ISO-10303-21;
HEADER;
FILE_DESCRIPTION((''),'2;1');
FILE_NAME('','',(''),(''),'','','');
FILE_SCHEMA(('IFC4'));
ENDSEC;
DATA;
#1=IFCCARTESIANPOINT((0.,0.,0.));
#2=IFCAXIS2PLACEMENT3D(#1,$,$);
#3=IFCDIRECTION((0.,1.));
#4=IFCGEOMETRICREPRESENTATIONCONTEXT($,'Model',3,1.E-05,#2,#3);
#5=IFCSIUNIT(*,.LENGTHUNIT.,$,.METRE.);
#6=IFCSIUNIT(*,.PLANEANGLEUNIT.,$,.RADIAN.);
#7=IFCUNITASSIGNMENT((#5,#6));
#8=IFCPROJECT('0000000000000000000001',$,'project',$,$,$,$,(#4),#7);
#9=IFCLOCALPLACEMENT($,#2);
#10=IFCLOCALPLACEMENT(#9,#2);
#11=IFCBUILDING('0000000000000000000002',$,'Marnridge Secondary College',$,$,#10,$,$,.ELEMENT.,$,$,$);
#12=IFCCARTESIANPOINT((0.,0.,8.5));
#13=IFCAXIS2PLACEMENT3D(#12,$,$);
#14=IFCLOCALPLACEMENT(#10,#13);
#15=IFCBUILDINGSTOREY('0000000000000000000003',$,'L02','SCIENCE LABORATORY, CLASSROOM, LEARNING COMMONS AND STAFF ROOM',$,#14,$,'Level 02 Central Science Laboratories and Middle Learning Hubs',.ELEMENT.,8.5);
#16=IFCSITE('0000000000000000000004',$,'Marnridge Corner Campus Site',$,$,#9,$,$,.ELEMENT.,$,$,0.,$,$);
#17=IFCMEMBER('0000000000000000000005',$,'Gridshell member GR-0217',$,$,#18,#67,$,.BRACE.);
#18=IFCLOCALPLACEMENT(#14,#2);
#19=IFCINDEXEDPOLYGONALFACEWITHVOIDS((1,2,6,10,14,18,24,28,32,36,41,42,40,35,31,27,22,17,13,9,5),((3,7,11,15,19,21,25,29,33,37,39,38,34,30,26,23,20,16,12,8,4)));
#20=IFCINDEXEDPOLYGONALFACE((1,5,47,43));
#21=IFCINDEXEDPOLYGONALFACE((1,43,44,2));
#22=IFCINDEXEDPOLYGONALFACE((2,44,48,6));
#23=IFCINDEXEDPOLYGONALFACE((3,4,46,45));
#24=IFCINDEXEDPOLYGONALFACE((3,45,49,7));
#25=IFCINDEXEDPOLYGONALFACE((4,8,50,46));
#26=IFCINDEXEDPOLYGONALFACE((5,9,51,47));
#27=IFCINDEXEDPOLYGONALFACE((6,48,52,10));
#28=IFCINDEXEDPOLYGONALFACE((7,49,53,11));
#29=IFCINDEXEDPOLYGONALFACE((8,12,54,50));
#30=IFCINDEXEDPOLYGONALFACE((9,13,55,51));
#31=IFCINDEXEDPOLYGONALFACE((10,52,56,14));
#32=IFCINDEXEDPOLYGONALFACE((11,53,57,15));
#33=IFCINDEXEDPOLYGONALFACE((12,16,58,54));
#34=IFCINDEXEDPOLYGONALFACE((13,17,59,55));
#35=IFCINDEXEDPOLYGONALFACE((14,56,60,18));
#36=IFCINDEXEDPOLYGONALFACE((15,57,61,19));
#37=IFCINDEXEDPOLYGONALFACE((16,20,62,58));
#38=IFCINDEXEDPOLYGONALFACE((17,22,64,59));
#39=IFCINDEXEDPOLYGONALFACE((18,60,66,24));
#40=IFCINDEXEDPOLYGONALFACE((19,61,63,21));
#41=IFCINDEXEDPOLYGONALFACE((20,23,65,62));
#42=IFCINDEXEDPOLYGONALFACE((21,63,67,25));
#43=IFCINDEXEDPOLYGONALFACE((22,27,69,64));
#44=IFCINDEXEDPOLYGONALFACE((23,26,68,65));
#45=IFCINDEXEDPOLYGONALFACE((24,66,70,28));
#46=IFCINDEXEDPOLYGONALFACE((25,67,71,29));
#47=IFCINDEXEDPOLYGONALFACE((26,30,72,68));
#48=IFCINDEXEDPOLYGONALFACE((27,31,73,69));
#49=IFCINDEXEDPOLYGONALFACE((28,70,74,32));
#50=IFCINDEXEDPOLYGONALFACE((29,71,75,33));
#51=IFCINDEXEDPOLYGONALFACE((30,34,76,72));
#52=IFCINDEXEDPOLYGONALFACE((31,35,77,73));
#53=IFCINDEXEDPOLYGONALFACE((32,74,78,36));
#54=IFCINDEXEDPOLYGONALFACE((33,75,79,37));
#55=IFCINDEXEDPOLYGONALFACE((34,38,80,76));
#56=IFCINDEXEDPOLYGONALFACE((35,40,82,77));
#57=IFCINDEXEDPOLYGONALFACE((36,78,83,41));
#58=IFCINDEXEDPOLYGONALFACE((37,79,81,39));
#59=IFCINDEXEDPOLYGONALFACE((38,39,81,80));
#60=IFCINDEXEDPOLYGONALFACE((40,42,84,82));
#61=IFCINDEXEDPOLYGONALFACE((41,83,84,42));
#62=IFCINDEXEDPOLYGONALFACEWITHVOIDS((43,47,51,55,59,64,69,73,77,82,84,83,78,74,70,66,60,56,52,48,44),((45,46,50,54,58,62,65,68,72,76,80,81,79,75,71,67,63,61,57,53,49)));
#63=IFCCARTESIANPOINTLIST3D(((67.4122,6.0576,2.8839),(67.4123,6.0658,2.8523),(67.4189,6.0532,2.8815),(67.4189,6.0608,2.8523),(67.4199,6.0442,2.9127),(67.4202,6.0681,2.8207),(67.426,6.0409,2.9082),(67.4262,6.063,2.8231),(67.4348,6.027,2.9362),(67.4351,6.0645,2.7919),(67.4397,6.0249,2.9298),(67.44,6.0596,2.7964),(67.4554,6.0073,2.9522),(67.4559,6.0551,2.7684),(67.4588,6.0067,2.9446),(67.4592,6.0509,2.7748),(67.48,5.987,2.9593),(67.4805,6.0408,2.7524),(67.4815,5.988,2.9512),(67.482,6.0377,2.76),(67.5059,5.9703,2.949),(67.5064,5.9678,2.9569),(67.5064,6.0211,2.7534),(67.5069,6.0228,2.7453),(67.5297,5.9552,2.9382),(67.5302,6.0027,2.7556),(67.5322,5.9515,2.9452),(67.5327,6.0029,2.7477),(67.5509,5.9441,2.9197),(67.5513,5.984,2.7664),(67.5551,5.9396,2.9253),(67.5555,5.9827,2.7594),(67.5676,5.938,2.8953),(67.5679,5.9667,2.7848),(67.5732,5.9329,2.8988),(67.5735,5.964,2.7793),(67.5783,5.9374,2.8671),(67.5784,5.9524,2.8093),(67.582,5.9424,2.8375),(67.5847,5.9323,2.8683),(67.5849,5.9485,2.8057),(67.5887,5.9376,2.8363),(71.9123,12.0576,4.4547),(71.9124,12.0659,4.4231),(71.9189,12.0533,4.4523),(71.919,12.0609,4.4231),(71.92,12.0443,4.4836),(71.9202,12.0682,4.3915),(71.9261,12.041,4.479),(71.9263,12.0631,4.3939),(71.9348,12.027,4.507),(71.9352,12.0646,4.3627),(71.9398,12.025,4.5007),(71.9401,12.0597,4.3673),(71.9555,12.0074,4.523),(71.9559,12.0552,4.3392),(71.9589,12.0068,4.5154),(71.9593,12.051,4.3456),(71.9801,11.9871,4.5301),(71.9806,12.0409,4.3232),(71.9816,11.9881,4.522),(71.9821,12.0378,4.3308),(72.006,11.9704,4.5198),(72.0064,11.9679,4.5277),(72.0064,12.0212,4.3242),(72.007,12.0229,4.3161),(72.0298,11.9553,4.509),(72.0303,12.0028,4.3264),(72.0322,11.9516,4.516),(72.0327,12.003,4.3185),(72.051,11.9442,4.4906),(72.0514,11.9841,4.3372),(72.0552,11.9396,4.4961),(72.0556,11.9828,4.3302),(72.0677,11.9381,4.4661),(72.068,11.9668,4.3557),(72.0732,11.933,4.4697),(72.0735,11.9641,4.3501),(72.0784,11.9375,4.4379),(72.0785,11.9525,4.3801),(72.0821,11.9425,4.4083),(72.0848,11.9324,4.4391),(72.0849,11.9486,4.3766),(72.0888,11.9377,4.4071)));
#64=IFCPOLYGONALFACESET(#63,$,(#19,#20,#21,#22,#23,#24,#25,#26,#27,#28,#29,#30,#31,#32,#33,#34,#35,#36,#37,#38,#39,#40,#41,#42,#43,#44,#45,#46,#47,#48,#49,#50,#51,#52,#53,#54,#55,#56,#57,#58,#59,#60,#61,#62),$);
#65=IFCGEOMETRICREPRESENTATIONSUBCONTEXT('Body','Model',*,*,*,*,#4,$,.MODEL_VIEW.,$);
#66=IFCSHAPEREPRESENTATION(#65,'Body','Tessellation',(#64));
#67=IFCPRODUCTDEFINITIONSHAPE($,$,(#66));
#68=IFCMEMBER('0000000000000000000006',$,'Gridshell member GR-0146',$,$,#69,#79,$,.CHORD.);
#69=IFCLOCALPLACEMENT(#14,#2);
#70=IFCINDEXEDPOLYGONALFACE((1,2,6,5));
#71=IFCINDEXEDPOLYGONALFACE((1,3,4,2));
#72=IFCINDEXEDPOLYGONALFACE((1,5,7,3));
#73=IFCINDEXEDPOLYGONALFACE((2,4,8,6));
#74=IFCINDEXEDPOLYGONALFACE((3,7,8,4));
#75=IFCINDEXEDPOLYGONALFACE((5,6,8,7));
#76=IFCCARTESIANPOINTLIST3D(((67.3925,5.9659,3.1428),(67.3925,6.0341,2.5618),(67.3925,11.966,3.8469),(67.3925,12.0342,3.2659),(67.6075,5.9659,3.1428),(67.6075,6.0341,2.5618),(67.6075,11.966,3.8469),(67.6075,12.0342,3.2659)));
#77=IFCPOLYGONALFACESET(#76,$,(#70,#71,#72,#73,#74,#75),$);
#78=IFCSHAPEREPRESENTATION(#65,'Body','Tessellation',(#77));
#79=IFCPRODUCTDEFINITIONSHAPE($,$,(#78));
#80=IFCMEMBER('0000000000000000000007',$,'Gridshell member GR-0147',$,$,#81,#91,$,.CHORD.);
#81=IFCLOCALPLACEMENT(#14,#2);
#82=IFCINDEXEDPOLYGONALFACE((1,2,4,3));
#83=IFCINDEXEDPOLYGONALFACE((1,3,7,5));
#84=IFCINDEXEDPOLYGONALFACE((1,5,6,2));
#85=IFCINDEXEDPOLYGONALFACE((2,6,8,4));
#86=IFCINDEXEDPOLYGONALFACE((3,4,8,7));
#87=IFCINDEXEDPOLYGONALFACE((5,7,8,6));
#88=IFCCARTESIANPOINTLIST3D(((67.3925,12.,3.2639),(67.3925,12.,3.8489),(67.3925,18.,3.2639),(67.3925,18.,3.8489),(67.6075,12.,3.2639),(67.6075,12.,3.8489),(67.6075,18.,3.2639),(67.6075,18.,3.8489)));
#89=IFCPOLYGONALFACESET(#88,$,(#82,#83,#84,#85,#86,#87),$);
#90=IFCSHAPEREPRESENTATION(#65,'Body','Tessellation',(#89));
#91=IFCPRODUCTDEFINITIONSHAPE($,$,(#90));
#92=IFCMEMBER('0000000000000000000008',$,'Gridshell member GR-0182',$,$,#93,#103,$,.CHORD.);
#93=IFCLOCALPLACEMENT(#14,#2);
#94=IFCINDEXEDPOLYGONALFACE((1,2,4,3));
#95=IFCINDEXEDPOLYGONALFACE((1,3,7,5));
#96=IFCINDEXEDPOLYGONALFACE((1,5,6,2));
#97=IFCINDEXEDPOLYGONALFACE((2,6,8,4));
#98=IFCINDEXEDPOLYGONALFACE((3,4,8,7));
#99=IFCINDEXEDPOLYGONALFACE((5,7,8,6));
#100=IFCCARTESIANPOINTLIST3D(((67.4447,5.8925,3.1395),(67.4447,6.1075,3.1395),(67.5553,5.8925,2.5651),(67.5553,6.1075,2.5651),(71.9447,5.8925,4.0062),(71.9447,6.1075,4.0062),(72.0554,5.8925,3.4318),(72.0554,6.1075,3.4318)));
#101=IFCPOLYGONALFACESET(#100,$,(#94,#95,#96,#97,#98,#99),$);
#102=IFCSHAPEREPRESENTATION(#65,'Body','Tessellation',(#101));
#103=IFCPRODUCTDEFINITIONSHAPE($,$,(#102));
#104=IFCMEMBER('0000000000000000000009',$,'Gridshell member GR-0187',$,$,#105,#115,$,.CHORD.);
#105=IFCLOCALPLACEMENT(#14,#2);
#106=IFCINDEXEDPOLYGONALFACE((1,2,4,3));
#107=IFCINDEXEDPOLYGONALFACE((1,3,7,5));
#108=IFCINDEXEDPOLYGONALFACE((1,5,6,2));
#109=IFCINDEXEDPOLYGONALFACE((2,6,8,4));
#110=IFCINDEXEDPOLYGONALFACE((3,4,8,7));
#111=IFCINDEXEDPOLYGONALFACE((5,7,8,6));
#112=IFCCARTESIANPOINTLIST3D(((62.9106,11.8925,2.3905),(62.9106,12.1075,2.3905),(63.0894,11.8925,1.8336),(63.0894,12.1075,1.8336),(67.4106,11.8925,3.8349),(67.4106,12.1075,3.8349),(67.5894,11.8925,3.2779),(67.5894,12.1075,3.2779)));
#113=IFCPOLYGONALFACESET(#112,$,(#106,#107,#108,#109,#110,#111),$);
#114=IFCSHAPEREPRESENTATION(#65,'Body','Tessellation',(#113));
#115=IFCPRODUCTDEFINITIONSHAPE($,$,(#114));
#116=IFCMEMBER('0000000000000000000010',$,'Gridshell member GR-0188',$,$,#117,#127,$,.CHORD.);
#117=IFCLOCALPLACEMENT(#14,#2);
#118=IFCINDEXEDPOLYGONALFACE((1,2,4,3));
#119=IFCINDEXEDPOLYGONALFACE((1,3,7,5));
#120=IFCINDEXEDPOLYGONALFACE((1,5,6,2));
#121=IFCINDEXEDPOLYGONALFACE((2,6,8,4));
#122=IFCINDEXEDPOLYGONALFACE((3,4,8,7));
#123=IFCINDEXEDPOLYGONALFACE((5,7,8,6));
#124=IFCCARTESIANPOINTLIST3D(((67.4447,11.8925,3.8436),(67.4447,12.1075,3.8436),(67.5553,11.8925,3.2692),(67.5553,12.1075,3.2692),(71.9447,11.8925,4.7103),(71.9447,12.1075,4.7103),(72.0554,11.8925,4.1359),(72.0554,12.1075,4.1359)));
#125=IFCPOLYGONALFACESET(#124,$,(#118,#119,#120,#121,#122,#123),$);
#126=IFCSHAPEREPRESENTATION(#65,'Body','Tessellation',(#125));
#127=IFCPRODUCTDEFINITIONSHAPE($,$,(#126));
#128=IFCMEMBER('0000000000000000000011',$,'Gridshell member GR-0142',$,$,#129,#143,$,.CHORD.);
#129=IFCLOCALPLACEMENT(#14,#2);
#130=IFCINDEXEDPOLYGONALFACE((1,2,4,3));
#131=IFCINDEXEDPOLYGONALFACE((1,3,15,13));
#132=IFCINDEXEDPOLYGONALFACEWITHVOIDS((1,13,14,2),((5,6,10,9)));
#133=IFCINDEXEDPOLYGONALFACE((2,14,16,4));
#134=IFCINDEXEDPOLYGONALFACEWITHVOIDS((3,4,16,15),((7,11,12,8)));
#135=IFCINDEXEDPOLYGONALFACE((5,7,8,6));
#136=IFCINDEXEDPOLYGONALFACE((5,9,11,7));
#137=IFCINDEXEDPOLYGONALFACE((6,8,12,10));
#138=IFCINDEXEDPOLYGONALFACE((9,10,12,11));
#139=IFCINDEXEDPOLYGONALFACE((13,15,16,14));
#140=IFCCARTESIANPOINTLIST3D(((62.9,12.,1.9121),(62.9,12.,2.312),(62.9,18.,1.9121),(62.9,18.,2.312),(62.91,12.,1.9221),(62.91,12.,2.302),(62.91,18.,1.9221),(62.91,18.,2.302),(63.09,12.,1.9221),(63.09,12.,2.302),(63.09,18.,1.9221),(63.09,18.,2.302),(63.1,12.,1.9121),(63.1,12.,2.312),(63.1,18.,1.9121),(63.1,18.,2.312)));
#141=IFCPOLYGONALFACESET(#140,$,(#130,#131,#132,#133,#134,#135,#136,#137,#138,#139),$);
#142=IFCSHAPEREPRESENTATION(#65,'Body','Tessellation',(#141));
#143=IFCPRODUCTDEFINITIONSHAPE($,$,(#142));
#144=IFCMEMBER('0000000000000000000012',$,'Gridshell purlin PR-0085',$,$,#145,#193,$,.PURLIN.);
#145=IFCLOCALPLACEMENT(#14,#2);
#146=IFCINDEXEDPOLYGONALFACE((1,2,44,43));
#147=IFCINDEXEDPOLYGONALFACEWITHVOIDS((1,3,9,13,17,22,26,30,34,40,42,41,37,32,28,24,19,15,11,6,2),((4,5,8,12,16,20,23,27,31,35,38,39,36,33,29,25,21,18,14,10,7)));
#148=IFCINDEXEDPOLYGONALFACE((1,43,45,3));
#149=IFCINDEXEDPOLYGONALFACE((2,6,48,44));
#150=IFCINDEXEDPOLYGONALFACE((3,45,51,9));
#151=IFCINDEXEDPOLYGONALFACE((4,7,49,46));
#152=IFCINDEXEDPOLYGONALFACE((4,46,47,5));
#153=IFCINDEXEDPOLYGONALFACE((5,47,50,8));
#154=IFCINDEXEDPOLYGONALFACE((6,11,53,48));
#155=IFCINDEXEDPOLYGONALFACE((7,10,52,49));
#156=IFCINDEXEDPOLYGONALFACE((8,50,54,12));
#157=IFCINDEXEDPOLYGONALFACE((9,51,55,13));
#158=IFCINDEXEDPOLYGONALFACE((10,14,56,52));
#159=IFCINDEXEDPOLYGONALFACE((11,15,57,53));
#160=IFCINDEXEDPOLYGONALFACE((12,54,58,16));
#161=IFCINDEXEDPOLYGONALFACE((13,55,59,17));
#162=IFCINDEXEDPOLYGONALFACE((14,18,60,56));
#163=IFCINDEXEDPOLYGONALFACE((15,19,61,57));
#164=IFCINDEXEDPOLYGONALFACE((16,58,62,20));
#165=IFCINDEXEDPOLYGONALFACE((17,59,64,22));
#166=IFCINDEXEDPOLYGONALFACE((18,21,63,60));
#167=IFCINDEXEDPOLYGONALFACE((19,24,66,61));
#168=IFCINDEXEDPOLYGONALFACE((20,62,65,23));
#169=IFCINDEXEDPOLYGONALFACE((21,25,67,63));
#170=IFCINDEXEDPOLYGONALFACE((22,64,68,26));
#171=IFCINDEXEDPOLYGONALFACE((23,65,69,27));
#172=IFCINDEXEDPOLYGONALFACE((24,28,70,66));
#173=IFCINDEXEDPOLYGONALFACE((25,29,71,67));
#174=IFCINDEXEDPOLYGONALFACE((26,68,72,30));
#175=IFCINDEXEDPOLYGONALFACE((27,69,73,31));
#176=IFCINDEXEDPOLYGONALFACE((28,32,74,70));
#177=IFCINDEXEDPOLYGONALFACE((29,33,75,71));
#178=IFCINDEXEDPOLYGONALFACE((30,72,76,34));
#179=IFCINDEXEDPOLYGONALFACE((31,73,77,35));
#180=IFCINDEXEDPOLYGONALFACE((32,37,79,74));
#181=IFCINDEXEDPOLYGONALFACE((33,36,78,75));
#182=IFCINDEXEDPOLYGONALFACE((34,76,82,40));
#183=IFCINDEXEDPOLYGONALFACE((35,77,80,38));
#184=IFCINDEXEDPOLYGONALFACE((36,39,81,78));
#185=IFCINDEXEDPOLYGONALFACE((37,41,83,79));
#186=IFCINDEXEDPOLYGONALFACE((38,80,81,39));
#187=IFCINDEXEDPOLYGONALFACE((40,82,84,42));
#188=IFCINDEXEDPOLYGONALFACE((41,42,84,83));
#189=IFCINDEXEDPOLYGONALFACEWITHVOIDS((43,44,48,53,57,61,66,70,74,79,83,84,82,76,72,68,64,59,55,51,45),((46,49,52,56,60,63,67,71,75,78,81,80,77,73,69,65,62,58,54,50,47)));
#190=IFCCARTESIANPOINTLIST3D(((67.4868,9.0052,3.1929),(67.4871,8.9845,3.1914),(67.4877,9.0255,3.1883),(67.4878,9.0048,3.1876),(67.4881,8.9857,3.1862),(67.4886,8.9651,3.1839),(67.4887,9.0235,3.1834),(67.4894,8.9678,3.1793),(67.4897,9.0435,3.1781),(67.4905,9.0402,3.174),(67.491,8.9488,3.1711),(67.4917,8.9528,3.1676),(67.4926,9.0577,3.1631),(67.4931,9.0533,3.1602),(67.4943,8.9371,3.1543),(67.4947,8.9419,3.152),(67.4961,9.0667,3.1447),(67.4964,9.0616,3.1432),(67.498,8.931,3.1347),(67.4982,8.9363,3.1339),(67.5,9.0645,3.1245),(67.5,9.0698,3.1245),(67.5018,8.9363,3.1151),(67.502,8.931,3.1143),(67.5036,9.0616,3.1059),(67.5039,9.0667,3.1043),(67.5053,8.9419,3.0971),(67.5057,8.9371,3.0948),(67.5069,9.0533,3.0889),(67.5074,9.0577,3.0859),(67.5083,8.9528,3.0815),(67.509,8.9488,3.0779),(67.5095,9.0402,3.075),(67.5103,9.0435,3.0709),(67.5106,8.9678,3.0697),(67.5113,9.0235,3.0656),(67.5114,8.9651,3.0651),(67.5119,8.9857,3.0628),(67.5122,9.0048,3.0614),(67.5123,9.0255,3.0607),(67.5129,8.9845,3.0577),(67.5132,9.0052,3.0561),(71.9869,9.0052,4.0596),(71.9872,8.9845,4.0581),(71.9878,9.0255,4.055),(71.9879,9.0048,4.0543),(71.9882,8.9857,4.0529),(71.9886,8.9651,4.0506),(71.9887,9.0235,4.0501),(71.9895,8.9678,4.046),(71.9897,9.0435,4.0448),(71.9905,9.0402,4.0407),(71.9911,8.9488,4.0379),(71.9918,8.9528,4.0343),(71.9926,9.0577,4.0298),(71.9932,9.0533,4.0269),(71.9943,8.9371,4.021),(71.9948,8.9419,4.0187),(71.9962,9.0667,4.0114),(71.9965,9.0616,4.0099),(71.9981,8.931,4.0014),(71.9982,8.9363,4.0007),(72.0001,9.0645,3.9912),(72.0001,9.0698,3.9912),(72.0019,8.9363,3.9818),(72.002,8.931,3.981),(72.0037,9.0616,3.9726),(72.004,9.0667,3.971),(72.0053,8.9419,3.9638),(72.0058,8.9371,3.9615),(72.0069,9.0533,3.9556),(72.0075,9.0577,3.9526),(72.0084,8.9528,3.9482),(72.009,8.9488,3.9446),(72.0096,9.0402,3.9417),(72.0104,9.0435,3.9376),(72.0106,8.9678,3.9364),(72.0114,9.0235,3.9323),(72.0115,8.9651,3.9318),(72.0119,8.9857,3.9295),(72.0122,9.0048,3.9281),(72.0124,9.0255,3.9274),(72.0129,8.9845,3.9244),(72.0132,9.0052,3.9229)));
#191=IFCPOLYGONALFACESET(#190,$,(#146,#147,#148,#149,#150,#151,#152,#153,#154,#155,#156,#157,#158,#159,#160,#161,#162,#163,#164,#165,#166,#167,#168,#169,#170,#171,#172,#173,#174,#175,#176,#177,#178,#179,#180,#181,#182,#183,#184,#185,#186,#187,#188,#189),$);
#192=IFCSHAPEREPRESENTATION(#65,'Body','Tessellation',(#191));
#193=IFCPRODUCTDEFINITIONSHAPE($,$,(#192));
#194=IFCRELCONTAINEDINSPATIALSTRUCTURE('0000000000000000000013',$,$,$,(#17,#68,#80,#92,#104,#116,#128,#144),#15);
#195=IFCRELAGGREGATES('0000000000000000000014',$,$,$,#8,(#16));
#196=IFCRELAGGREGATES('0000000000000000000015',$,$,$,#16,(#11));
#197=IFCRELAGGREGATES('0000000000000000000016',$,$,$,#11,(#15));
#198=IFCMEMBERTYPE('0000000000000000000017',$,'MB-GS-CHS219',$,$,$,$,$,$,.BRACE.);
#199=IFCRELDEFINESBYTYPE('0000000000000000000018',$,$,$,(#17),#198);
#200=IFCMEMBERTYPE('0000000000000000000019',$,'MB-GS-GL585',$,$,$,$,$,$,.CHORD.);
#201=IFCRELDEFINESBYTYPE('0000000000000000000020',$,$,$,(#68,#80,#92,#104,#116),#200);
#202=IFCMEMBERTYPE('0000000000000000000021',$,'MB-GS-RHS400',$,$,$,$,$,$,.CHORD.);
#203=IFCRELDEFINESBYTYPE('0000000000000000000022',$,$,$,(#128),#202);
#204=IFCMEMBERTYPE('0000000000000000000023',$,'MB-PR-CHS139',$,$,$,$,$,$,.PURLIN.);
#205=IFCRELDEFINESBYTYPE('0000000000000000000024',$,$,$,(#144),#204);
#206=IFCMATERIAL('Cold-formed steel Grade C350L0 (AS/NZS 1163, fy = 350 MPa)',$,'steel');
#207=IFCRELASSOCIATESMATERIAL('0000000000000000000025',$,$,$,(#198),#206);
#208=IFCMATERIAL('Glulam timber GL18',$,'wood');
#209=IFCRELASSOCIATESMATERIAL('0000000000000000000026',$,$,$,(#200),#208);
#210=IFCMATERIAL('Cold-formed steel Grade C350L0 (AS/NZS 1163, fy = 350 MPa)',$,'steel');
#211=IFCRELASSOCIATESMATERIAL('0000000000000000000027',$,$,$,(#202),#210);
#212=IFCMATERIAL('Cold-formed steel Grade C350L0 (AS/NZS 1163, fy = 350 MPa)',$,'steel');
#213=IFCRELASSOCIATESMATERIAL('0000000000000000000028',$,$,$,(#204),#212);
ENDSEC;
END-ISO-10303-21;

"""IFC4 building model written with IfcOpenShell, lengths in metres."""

from ifc_helpers import new_model, si_unit, direction, frame, origin, origin_2d, place, context, subcontext, project, spatial, rectangle, hollow_rectangle, hollow_circle, extrude, material, material_profile, profile_set, type_object, element, save


model = new_model("IFC4")

# Units and contexts
model_context = context("Model", 3, precision=1e-05, world=origin(), true_north=direction((0.0, 1.0)))
body_context = subcontext(model_context, "Body", "Model", "MODEL_VIEW")
ifc_project = project(units=[si_unit("LENGTHUNIT", "METRE"), si_unit("PLANEANGLEUNIT", "RADIAN")], contexts=[model_context])

# Site, building, storey
site_placement = place(None, origin())
site = spatial("IfcSite", under=ifc_project, at=site_placement, Name="Marnridge Corner Campus Site", CompositionType="ELEMENT", RefElevation=0.0)
building_placement = place(site_placement, origin())
building = spatial("IfcBuilding", under=site, at=building_placement, Name="Marnridge Secondary College", CompositionType="ELEMENT")
storey_placement = place(building_placement, frame((0.0, 0.0, 8.5)))
storey = spatial("IfcBuildingStorey", under=building, at=storey_placement, Name="L02", Description="SCIENCE LABORATORY, CLASSROOM, LEARNING COMMONS AND STAFF ROOM", LongName="Level 02 Central Science Laboratories and Middle Learning Hubs", CompositionType="ELEMENT", Elevation=8.5)

# Members
ifc_material_1 = material(Name="Cold-formed steel Grade C350L0 (AS/NZS 1163, fy = 350 MPa)", Category="steel")
ifc_material_profile_1 = material_profile(ifc_material_1, hollow_circle(Radius=0.1096, WallThickness=0.0083, at=origin_2d()), Name="219.1x8.2CHS")
ifc_profile_set_1 = profile_set([ifc_material_profile_1], Name="Cold-formed steel Grade C350L0 (AS/NZS 1163, fy = 350 MPa)")
member_type_1 = type_object("IfcMemberType", Name="MB-GS-CHS219", PredefinedType="BRACE", material=ifc_profile_set_1)
member_1_placement = place(storey_placement, frame((67.5, 6.0, 2.8523), z_axis=(0.587258, 0.783011, 0.204992), x_axis=(-0.8, 0.6, 0.0)))
element("IfcMember", 1, at=member_1_placement, inside=storey, type_object=member_type_1, Name="Gridshell member GR-0217", PredefinedType="BRACE", context=body_context, shape_type="SweptSolid", body=[
    extrude(hollow_circle(Radius=0.1096, WallThickness=0.0083, at=origin_2d()), origin(), (0.0, 0.0, 1.0), 7.6628),
])
ifc_material_2 = material(Name="Glulam timber GL18", Category="wood")
ifc_material_profile_2 = material_profile(ifc_material_2, rectangle(XDim=0.2151, YDim=0.585, at=origin_2d()), Name="GL18 215x585")
ifc_profile_set_2 = profile_set([ifc_material_profile_2], Name="Glulam timber GL18")
member_type_2 = type_object("IfcMemberType", Name="MB-GS-GL585", PredefinedType="CHORD", material=ifc_profile_set_2)
member_2_placement = place(storey_placement, frame((67.5, 6.0, 2.8523), z_axis=(0.0, 0.993185, 0.11655), x_axis=(-1.0, 0.0, 0.0)))
element("IfcMember", 2, at=member_2_placement, inside=storey, type_object=member_type_2, Name="Gridshell member GR-0146", PredefinedType="CHORD", context=body_context, shape_type="SweptSolid", body=[
    extrude(rectangle(XDim=0.2151, YDim=0.585, at=origin_2d()), origin(), (0.0, 0.0, 1.0), 6.0413),
])
member_3_placement = place(storey_placement, frame((67.5, 12.0, 3.5564), z_axis=(0.0, 1.0, 0.0), x_axis=(-1.0, 0.0, 0.0)))
element("IfcMember", 3, at=member_3_placement, inside=storey, type_object=member_type_2, Name="Gridshell member GR-0147", PredefinedType="CHORD", context=body_context, shape_type="SweptSolid", body=[
    extrude(rectangle(XDim=0.2151, YDim=0.585, at=origin_2d()), origin(), (0.0, 0.0, 1.0), 6.0),
])
member_4_placement = place(storey_placement, frame((67.5, 6.0, 2.8523), z_axis=(0.981953, 0.0, 0.189124), x_axis=(0.0, 1.0, 0.0)))
element("IfcMember", 4, at=member_4_placement, inside=storey, type_object=member_type_2, Name="Gridshell member GR-0182", PredefinedType="CHORD", context=body_context, shape_type="SweptSolid", body=[
    extrude(rectangle(XDim=0.2151, YDim=0.585, at=origin_2d()), origin(), (0.0, 0.0, 1.0), 4.5828),
])
member_5_placement = place(storey_placement, frame((63.0, 12.0, 2.1121), z_axis=(0.952157, 0.0, 0.305608), x_axis=(0.0, 1.0, 0.0)))
element("IfcMember", 5, at=member_5_placement, inside=storey, type_object=member_type_2, Name="Gridshell member GR-0187", PredefinedType="CHORD", context=body_context, shape_type="SweptSolid", body=[
    extrude(rectangle(XDim=0.2151, YDim=0.585, at=origin_2d()), origin(), (0.0, 0.0, 1.0), 4.7261),
])
member_6_placement = place(storey_placement, frame((67.5, 12.0, 3.5564), z_axis=(0.981953, 0.0, 0.189124), x_axis=(0.0, 1.0, 0.0)))
element("IfcMember", 6, at=member_6_placement, inside=storey, type_object=member_type_2, Name="Gridshell member GR-0188", PredefinedType="CHORD", context=body_context, shape_type="SweptSolid", body=[
    extrude(rectangle(XDim=0.2151, YDim=0.585, at=origin_2d()), origin(), (0.0, 0.0, 1.0), 4.5828),
])
ifc_material_3 = material(Name="Cold-formed steel Grade C350L0 (AS/NZS 1163, fy = 350 MPa)", Category="steel")
ifc_material_profile_3 = material_profile(ifc_material_3, hollow_rectangle(XDim=0.2, YDim=0.3999, WallThickness=0.01, at=origin_2d()), Name="400x200x10.0RHS")
ifc_profile_set_3 = profile_set([ifc_material_profile_3], Name="Cold-formed steel Grade C350L0 (AS/NZS 1163, fy = 350 MPa)")
member_type_3 = type_object("IfcMemberType", Name="MB-GS-RHS400", PredefinedType="CHORD", material=ifc_profile_set_3)
member_7_placement = place(storey_placement, frame((63.0, 12.0, 2.1121), z_axis=(0.0, 1.0, 0.0), x_axis=(-1.0, 0.0, 0.0)))
element("IfcMember", 7, at=member_7_placement, inside=storey, type_object=member_type_3, Name="Gridshell member GR-0142", PredefinedType="CHORD", context=body_context, shape_type="SweptSolid", body=[
    extrude(hollow_rectangle(XDim=0.2, YDim=0.3999, WallThickness=0.01, at=origin_2d()), origin(), (0.0, 0.0, 1.0), 6.0),
])
ifc_material_4 = material(Name="Cold-formed steel Grade C350L0 (AS/NZS 1163, fy = 350 MPa)", Category="steel")
ifc_material_profile_4 = material_profile(ifc_material_4, hollow_circle(Radius=0.0698, WallThickness=0.0054, at=origin_2d()), Name="139.7x5.4CHS")
ifc_profile_set_4 = profile_set([ifc_material_profile_4], Name="Cold-formed steel Grade C350L0 (AS/NZS 1163, fy = 350 MPa)")
member_type_4 = type_object("IfcMemberType", Name="MB-PR-CHS139", PredefinedType="PURLIN", material=ifc_profile_set_4)
member_8_placement = place(storey_placement, frame((67.5, 9.0, 3.1245), z_axis=(0.981953, 0.0, 0.189124), x_axis=(0.0, 1.0, 0.0)))
element("IfcMember", 8, at=member_8_placement, inside=storey, type_object=member_type_4, Name="Gridshell purlin PR-0085", PredefinedType="PURLIN", context=body_context, shape_type="SweptSolid", body=[
    extrude(hollow_circle(Radius=0.0698, WallThickness=0.0054, at=origin_2d()), origin(), (0.0, 0.0, 1.0), 4.5828),
])

save(model, "model.ifc")
